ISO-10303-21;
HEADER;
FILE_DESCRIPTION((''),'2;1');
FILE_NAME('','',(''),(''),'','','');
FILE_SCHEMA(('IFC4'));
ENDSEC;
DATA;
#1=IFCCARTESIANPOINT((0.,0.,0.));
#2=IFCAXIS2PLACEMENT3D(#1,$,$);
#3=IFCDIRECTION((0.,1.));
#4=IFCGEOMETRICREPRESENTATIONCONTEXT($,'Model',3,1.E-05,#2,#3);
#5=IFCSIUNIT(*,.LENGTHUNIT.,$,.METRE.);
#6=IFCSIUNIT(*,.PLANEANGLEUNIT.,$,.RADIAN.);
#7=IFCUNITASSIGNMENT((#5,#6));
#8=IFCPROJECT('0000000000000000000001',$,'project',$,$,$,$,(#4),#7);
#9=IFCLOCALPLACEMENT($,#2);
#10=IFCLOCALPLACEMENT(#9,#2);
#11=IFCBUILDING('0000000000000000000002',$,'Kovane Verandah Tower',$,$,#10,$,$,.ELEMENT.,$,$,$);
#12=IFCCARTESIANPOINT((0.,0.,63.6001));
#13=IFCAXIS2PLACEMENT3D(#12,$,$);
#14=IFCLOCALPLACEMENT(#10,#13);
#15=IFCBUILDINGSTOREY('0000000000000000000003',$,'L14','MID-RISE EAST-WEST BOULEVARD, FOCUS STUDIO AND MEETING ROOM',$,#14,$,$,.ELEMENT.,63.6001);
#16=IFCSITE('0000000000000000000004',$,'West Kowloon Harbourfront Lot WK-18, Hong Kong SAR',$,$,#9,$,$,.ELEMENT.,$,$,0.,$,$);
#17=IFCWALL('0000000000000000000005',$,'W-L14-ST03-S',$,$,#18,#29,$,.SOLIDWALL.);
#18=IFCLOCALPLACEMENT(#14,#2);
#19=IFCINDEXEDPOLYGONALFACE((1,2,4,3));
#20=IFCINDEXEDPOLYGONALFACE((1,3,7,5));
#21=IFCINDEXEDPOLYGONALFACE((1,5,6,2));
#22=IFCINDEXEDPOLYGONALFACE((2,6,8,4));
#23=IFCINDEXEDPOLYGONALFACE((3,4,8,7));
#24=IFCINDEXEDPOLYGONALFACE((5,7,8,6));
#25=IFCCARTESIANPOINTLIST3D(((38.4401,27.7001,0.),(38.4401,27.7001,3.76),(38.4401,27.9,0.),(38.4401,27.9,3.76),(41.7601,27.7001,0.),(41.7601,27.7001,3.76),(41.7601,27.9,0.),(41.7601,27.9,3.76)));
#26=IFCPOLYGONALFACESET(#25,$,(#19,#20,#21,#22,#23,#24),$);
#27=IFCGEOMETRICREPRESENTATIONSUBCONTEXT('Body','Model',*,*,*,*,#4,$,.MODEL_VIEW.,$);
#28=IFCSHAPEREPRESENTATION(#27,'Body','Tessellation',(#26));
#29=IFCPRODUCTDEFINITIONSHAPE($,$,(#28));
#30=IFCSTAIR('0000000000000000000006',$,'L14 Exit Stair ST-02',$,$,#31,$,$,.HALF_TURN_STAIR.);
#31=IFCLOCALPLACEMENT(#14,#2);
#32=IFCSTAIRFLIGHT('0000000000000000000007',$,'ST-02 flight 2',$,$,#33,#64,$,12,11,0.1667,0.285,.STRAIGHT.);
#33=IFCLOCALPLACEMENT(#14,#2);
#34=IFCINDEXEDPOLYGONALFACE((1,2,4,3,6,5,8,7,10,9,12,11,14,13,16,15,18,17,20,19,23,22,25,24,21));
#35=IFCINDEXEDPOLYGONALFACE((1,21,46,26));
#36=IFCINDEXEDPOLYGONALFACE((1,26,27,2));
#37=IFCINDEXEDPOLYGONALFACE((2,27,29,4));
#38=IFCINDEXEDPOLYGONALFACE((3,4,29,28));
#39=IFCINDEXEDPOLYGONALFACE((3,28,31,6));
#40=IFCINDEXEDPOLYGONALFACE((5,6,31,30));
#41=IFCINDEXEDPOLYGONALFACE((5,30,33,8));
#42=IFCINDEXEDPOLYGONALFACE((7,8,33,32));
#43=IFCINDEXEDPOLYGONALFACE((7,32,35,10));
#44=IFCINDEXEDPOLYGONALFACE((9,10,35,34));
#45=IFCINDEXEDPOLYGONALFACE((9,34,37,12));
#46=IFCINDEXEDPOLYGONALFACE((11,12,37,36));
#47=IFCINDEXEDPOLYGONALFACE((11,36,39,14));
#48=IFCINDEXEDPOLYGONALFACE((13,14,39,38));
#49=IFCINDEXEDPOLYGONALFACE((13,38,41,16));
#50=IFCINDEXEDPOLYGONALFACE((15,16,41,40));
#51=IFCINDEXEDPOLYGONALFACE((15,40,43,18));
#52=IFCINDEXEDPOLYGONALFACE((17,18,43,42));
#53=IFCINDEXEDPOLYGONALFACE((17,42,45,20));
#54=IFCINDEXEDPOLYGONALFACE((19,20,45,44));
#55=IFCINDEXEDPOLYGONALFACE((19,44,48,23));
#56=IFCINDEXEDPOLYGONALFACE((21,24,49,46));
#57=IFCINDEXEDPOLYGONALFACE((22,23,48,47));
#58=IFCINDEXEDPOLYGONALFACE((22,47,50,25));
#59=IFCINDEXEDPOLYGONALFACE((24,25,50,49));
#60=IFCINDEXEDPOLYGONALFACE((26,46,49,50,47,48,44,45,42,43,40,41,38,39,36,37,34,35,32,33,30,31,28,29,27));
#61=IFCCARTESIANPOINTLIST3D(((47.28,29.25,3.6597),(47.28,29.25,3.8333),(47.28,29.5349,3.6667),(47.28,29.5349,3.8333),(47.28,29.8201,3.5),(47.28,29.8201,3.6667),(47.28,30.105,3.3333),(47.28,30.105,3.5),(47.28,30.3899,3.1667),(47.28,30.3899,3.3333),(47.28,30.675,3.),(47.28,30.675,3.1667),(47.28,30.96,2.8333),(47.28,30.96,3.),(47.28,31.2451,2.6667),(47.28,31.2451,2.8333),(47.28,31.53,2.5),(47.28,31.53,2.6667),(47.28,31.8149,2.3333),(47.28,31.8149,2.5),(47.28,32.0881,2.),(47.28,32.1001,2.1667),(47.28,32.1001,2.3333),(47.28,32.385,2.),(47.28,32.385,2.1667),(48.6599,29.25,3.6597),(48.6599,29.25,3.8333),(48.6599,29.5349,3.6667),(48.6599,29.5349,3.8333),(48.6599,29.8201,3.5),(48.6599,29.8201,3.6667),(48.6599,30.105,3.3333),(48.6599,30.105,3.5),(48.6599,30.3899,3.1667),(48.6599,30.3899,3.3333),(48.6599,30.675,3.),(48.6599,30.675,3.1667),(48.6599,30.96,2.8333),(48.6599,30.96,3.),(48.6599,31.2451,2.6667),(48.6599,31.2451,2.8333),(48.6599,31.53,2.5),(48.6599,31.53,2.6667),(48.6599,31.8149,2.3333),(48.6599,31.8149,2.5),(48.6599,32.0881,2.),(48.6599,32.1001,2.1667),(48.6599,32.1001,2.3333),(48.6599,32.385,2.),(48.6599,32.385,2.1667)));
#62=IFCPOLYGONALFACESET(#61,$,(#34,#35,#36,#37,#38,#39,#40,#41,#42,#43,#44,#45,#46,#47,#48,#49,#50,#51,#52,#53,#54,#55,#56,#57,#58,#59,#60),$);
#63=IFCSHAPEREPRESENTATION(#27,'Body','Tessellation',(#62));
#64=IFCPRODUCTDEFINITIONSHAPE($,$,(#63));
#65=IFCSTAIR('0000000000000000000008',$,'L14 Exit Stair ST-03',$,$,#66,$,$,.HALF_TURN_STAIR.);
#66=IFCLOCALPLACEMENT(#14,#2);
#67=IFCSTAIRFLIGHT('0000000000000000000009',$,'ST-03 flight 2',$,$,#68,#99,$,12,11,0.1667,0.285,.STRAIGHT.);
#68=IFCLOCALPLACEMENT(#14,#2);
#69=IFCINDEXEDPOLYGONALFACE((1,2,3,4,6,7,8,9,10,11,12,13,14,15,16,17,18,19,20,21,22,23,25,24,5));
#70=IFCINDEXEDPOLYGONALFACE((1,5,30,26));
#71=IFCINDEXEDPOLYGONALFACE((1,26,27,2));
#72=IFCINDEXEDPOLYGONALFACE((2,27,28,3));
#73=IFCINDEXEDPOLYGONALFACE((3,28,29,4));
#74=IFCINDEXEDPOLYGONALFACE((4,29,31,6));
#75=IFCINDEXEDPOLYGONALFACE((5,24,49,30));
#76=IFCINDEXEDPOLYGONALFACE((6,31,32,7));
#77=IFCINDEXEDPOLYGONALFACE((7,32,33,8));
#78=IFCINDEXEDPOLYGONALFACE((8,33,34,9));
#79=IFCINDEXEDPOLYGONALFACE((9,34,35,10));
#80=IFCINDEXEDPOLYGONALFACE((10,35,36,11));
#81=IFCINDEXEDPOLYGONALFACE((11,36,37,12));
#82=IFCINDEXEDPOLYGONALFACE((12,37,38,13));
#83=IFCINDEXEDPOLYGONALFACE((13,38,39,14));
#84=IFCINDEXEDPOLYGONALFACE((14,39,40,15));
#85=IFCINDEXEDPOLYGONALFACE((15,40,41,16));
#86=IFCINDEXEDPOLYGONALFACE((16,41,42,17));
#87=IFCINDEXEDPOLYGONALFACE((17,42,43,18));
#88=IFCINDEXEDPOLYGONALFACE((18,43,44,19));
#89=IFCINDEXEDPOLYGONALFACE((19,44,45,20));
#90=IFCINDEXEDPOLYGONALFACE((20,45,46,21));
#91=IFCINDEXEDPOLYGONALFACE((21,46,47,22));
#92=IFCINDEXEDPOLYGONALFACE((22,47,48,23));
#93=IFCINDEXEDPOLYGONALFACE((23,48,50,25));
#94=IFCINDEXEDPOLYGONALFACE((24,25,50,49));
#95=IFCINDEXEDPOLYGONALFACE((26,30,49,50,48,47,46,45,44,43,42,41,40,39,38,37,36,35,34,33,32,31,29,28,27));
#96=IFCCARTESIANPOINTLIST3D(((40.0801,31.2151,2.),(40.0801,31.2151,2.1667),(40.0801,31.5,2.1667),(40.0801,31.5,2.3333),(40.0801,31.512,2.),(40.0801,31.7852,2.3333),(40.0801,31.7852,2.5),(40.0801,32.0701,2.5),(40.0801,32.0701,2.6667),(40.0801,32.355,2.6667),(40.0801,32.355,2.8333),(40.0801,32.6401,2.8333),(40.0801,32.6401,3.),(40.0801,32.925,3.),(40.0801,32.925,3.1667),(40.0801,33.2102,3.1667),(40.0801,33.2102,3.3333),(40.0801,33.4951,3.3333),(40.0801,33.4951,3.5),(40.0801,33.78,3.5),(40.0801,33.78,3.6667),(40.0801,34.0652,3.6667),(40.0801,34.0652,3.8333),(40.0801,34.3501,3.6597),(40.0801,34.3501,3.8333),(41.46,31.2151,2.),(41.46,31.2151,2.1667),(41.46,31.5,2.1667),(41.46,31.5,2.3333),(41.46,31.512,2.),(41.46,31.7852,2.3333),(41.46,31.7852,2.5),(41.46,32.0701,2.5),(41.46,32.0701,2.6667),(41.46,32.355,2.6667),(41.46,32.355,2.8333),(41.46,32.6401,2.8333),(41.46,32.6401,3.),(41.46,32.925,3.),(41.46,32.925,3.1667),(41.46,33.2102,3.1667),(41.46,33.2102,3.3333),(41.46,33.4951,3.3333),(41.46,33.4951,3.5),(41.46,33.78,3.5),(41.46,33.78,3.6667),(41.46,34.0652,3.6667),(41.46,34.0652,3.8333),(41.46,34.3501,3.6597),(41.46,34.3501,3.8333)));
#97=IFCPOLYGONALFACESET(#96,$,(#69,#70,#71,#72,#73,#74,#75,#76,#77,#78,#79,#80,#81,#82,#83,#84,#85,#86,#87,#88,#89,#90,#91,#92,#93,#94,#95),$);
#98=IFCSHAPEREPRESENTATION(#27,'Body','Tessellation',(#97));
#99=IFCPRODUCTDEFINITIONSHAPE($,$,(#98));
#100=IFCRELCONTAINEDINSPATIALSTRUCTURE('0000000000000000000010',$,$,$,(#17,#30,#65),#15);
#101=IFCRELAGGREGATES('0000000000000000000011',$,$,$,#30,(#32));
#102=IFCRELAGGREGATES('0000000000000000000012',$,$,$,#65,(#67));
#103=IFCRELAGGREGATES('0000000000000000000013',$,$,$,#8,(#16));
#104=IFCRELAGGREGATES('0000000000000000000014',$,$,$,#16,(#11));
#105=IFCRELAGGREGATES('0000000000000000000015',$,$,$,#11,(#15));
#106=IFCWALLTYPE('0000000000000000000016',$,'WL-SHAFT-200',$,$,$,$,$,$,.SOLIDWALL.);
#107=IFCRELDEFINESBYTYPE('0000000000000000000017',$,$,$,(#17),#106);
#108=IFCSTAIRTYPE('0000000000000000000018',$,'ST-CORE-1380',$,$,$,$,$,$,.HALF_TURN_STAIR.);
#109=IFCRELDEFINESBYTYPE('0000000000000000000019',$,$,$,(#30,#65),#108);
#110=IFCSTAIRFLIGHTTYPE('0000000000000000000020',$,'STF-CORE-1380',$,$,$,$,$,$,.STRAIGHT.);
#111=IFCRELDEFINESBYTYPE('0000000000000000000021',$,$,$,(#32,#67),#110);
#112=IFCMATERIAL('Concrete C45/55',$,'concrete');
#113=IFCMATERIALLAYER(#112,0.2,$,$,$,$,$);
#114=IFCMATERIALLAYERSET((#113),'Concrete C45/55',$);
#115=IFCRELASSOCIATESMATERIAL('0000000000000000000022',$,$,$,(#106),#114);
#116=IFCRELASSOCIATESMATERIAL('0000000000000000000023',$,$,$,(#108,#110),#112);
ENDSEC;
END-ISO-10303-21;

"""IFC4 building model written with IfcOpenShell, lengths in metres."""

from ifc_helpers import new_model, si_unit, direction, frame, frame_2d, origin, place, context, subcontext, project, spatial, polyline, rectangle, outline, extrude, material, layer, layer_set, type_object, element, aggregate, save


model = new_model("IFC4")

# Units and contexts
model_context = context("Model", 3, precision=1e-05, world=origin(), true_north=direction((0.0, 1.0)))
body_context = subcontext(model_context, "Body", "Model", "MODEL_VIEW")
ifc_project = project(units=[si_unit("LENGTHUNIT", "METRE"), si_unit("PLANEANGLEUNIT", "RADIAN")], contexts=[model_context])

# Site, building, storey
site_placement = place(None, origin())
site = spatial("IfcSite", under=ifc_project, at=site_placement, Name="West Kowloon Harbourfront Lot WK-18, Hong Kong SAR", CompositionType="ELEMENT", RefElevation=0.0)
building_placement = place(site_placement, origin())
building = spatial("IfcBuilding", under=site, at=building_placement, Name="Kovane Verandah Tower", CompositionType="ELEMENT")
storey_placement = place(building_placement, frame((0.0, 0.0, 63.6001)))
storey = spatial("IfcBuildingStorey", under=building, at=storey_placement, Name="L14", Description="MID-RISE EAST-WEST BOULEVARD, FOCUS STUDIO AND MEETING ROOM", CompositionType="ELEMENT", Elevation=63.6001)

# Shared definitions
ifc_material_1 = material(Name="Concrete C45/55", Category="concrete")
ifc_layer_1 = layer(ifc_material_1, 0.2)
ifc_layer_set_1 = layer_set([ifc_layer_1], Name="Concrete C45/55")
wall_type_1 = type_object("IfcWallType", Name="WL-SHAFT-200", PredefinedType="SOLIDWALL", material=ifc_layer_set_1)

# Wall
wall_1_placement = place(storey_placement, frame((38.4399, 27.8, 0.0), z_axis=(0.0, 0.0, 1.0), x_axis=(1.0, 0.0, 0.0)))
element("IfcWall", 1, at=wall_1_placement, inside=storey, type_object=wall_type_1, Name="W-L14-ST03-S", PredefinedType="SOLIDWALL", context=body_context, shape_type="SweptSolid", body=[
    extrude(rectangle(XDim=3.3201, YDim=0.2, at=frame_2d((1.6602, 0.0))), origin(), (0.0, 0.0, 1.0), 3.76),
])

# Stairs, stair flights
stair_type = type_object("IfcStairType", Name="ST-CORE-1380", PredefinedType="HALF_TURN_STAIR", material=ifc_material_1)
stair_1_placement = place(storey_placement, origin())
stair_1 = element("IfcStair", 2, at=stair_1_placement, inside=storey, type_object=stair_type, Name="L14 Exit Stair ST-02", PredefinedType="HALF_TURN_STAIR")
stair_flight_type = type_object("IfcStairFlightType", Name="STF-CORE-1380", PredefinedType="STRAIGHT", material=ifc_material_1)
stair_flight_1_placement = place(storey_placement, frame((47.97, 32.385, 2.0), z_axis=(0.0, 0.0, 1.0), x_axis=(0.0, -1.0, 0.0)))
stair_flight_1 = element("IfcStairFlight", 3, at=stair_flight_1_placement, type_object=stair_flight_type, Name="ST-02 flight 2", NumberOfRisers=12, NumberOfTreads=11, PredefinedType="STRAIGHT", RiserHeight=0.1667, TreadLength=0.285, context=body_context, shape_type="SweptSolid", body=[
    extrude(outline(polyline([(0.0, 0.0), (0.0, 0.1667), (0.2849, 0.1667), (0.2849, 0.3333), (0.5701, 0.3333), (0.5701, 0.5), (0.855, 0.5), (0.855, 0.6667), (1.1399, 0.6667), (1.1399, 0.8333), (1.425, 0.8333), (1.425, 1.0), (1.71, 1.0), (1.71, 1.1667), (1.9951, 1.1667), (1.9951, 1.3333), (2.28, 1.3333), (2.28, 1.5), (2.5649, 1.5), (2.5649, 1.6667), (2.8501, 1.6667), (2.8501, 1.8333), (3.135, 1.8333), (3.135, 2.0), (3.135, 1.6597), (0.2969, 0.0), (0.0, 0.0)])), frame((0.0, 0.6899, 0.0), z_axis=(0.0, -1.0, 0.0), x_axis=(1.0, 0.0, 0.0)), (0.0, 0.0, 1.0), 1.3799),
])
aggregate(stair_1, [stair_flight_1])
stair_2_placement = place(storey_placement, origin())
stair_2 = element("IfcStair", 4, at=stair_2_placement, inside=storey, type_object=stair_type, Name="L14 Exit Stair ST-03", PredefinedType="HALF_TURN_STAIR")
stair_flight_2_placement = place(storey_placement, frame((40.77, 31.2151, 2.0), z_axis=(0.0, 0.0, 1.0), x_axis=(0.0, 1.0, 0.0)))
stair_flight_2 = element("IfcStairFlight", 5, at=stair_flight_2_placement, type_object=stair_flight_type, Name="ST-03 flight 2", NumberOfRisers=12, NumberOfTreads=11, PredefinedType="STRAIGHT", RiserHeight=0.1667, TreadLength=0.285, context=body_context, shape_type="SweptSolid", body=[
    extrude(outline(polyline([(0.0, 0.0), (0.0, 0.1667), (0.2849, 0.1667), (0.2849, 0.3333), (0.5701, 0.3333), (0.5701, 0.5), (0.855, 0.5), (0.855, 0.6667), (1.1399, 0.6667), (1.1399, 0.8333), (1.425, 0.8333), (1.425, 1.0), (1.71, 1.0), (1.71, 1.1667), (1.9951, 1.1667), (1.9951, 1.3333), (2.28, 1.3333), (2.28, 1.5), (2.5649, 1.5), (2.5649, 1.6667), (2.8501, 1.6667), (2.8501, 1.8333), (3.135, 1.8333), (3.135, 2.0), (3.135, 1.6597), (0.2969, 0.0), (0.0, 0.0)])), frame((0.0, 0.6899, 0.0), z_axis=(0.0, -1.0, 0.0), x_axis=(1.0, 0.0, 0.0)), (0.0, 0.0, 1.0), 1.3799),
])
aggregate(stair_2, [stair_flight_2])

save(model, "model.ifc")
